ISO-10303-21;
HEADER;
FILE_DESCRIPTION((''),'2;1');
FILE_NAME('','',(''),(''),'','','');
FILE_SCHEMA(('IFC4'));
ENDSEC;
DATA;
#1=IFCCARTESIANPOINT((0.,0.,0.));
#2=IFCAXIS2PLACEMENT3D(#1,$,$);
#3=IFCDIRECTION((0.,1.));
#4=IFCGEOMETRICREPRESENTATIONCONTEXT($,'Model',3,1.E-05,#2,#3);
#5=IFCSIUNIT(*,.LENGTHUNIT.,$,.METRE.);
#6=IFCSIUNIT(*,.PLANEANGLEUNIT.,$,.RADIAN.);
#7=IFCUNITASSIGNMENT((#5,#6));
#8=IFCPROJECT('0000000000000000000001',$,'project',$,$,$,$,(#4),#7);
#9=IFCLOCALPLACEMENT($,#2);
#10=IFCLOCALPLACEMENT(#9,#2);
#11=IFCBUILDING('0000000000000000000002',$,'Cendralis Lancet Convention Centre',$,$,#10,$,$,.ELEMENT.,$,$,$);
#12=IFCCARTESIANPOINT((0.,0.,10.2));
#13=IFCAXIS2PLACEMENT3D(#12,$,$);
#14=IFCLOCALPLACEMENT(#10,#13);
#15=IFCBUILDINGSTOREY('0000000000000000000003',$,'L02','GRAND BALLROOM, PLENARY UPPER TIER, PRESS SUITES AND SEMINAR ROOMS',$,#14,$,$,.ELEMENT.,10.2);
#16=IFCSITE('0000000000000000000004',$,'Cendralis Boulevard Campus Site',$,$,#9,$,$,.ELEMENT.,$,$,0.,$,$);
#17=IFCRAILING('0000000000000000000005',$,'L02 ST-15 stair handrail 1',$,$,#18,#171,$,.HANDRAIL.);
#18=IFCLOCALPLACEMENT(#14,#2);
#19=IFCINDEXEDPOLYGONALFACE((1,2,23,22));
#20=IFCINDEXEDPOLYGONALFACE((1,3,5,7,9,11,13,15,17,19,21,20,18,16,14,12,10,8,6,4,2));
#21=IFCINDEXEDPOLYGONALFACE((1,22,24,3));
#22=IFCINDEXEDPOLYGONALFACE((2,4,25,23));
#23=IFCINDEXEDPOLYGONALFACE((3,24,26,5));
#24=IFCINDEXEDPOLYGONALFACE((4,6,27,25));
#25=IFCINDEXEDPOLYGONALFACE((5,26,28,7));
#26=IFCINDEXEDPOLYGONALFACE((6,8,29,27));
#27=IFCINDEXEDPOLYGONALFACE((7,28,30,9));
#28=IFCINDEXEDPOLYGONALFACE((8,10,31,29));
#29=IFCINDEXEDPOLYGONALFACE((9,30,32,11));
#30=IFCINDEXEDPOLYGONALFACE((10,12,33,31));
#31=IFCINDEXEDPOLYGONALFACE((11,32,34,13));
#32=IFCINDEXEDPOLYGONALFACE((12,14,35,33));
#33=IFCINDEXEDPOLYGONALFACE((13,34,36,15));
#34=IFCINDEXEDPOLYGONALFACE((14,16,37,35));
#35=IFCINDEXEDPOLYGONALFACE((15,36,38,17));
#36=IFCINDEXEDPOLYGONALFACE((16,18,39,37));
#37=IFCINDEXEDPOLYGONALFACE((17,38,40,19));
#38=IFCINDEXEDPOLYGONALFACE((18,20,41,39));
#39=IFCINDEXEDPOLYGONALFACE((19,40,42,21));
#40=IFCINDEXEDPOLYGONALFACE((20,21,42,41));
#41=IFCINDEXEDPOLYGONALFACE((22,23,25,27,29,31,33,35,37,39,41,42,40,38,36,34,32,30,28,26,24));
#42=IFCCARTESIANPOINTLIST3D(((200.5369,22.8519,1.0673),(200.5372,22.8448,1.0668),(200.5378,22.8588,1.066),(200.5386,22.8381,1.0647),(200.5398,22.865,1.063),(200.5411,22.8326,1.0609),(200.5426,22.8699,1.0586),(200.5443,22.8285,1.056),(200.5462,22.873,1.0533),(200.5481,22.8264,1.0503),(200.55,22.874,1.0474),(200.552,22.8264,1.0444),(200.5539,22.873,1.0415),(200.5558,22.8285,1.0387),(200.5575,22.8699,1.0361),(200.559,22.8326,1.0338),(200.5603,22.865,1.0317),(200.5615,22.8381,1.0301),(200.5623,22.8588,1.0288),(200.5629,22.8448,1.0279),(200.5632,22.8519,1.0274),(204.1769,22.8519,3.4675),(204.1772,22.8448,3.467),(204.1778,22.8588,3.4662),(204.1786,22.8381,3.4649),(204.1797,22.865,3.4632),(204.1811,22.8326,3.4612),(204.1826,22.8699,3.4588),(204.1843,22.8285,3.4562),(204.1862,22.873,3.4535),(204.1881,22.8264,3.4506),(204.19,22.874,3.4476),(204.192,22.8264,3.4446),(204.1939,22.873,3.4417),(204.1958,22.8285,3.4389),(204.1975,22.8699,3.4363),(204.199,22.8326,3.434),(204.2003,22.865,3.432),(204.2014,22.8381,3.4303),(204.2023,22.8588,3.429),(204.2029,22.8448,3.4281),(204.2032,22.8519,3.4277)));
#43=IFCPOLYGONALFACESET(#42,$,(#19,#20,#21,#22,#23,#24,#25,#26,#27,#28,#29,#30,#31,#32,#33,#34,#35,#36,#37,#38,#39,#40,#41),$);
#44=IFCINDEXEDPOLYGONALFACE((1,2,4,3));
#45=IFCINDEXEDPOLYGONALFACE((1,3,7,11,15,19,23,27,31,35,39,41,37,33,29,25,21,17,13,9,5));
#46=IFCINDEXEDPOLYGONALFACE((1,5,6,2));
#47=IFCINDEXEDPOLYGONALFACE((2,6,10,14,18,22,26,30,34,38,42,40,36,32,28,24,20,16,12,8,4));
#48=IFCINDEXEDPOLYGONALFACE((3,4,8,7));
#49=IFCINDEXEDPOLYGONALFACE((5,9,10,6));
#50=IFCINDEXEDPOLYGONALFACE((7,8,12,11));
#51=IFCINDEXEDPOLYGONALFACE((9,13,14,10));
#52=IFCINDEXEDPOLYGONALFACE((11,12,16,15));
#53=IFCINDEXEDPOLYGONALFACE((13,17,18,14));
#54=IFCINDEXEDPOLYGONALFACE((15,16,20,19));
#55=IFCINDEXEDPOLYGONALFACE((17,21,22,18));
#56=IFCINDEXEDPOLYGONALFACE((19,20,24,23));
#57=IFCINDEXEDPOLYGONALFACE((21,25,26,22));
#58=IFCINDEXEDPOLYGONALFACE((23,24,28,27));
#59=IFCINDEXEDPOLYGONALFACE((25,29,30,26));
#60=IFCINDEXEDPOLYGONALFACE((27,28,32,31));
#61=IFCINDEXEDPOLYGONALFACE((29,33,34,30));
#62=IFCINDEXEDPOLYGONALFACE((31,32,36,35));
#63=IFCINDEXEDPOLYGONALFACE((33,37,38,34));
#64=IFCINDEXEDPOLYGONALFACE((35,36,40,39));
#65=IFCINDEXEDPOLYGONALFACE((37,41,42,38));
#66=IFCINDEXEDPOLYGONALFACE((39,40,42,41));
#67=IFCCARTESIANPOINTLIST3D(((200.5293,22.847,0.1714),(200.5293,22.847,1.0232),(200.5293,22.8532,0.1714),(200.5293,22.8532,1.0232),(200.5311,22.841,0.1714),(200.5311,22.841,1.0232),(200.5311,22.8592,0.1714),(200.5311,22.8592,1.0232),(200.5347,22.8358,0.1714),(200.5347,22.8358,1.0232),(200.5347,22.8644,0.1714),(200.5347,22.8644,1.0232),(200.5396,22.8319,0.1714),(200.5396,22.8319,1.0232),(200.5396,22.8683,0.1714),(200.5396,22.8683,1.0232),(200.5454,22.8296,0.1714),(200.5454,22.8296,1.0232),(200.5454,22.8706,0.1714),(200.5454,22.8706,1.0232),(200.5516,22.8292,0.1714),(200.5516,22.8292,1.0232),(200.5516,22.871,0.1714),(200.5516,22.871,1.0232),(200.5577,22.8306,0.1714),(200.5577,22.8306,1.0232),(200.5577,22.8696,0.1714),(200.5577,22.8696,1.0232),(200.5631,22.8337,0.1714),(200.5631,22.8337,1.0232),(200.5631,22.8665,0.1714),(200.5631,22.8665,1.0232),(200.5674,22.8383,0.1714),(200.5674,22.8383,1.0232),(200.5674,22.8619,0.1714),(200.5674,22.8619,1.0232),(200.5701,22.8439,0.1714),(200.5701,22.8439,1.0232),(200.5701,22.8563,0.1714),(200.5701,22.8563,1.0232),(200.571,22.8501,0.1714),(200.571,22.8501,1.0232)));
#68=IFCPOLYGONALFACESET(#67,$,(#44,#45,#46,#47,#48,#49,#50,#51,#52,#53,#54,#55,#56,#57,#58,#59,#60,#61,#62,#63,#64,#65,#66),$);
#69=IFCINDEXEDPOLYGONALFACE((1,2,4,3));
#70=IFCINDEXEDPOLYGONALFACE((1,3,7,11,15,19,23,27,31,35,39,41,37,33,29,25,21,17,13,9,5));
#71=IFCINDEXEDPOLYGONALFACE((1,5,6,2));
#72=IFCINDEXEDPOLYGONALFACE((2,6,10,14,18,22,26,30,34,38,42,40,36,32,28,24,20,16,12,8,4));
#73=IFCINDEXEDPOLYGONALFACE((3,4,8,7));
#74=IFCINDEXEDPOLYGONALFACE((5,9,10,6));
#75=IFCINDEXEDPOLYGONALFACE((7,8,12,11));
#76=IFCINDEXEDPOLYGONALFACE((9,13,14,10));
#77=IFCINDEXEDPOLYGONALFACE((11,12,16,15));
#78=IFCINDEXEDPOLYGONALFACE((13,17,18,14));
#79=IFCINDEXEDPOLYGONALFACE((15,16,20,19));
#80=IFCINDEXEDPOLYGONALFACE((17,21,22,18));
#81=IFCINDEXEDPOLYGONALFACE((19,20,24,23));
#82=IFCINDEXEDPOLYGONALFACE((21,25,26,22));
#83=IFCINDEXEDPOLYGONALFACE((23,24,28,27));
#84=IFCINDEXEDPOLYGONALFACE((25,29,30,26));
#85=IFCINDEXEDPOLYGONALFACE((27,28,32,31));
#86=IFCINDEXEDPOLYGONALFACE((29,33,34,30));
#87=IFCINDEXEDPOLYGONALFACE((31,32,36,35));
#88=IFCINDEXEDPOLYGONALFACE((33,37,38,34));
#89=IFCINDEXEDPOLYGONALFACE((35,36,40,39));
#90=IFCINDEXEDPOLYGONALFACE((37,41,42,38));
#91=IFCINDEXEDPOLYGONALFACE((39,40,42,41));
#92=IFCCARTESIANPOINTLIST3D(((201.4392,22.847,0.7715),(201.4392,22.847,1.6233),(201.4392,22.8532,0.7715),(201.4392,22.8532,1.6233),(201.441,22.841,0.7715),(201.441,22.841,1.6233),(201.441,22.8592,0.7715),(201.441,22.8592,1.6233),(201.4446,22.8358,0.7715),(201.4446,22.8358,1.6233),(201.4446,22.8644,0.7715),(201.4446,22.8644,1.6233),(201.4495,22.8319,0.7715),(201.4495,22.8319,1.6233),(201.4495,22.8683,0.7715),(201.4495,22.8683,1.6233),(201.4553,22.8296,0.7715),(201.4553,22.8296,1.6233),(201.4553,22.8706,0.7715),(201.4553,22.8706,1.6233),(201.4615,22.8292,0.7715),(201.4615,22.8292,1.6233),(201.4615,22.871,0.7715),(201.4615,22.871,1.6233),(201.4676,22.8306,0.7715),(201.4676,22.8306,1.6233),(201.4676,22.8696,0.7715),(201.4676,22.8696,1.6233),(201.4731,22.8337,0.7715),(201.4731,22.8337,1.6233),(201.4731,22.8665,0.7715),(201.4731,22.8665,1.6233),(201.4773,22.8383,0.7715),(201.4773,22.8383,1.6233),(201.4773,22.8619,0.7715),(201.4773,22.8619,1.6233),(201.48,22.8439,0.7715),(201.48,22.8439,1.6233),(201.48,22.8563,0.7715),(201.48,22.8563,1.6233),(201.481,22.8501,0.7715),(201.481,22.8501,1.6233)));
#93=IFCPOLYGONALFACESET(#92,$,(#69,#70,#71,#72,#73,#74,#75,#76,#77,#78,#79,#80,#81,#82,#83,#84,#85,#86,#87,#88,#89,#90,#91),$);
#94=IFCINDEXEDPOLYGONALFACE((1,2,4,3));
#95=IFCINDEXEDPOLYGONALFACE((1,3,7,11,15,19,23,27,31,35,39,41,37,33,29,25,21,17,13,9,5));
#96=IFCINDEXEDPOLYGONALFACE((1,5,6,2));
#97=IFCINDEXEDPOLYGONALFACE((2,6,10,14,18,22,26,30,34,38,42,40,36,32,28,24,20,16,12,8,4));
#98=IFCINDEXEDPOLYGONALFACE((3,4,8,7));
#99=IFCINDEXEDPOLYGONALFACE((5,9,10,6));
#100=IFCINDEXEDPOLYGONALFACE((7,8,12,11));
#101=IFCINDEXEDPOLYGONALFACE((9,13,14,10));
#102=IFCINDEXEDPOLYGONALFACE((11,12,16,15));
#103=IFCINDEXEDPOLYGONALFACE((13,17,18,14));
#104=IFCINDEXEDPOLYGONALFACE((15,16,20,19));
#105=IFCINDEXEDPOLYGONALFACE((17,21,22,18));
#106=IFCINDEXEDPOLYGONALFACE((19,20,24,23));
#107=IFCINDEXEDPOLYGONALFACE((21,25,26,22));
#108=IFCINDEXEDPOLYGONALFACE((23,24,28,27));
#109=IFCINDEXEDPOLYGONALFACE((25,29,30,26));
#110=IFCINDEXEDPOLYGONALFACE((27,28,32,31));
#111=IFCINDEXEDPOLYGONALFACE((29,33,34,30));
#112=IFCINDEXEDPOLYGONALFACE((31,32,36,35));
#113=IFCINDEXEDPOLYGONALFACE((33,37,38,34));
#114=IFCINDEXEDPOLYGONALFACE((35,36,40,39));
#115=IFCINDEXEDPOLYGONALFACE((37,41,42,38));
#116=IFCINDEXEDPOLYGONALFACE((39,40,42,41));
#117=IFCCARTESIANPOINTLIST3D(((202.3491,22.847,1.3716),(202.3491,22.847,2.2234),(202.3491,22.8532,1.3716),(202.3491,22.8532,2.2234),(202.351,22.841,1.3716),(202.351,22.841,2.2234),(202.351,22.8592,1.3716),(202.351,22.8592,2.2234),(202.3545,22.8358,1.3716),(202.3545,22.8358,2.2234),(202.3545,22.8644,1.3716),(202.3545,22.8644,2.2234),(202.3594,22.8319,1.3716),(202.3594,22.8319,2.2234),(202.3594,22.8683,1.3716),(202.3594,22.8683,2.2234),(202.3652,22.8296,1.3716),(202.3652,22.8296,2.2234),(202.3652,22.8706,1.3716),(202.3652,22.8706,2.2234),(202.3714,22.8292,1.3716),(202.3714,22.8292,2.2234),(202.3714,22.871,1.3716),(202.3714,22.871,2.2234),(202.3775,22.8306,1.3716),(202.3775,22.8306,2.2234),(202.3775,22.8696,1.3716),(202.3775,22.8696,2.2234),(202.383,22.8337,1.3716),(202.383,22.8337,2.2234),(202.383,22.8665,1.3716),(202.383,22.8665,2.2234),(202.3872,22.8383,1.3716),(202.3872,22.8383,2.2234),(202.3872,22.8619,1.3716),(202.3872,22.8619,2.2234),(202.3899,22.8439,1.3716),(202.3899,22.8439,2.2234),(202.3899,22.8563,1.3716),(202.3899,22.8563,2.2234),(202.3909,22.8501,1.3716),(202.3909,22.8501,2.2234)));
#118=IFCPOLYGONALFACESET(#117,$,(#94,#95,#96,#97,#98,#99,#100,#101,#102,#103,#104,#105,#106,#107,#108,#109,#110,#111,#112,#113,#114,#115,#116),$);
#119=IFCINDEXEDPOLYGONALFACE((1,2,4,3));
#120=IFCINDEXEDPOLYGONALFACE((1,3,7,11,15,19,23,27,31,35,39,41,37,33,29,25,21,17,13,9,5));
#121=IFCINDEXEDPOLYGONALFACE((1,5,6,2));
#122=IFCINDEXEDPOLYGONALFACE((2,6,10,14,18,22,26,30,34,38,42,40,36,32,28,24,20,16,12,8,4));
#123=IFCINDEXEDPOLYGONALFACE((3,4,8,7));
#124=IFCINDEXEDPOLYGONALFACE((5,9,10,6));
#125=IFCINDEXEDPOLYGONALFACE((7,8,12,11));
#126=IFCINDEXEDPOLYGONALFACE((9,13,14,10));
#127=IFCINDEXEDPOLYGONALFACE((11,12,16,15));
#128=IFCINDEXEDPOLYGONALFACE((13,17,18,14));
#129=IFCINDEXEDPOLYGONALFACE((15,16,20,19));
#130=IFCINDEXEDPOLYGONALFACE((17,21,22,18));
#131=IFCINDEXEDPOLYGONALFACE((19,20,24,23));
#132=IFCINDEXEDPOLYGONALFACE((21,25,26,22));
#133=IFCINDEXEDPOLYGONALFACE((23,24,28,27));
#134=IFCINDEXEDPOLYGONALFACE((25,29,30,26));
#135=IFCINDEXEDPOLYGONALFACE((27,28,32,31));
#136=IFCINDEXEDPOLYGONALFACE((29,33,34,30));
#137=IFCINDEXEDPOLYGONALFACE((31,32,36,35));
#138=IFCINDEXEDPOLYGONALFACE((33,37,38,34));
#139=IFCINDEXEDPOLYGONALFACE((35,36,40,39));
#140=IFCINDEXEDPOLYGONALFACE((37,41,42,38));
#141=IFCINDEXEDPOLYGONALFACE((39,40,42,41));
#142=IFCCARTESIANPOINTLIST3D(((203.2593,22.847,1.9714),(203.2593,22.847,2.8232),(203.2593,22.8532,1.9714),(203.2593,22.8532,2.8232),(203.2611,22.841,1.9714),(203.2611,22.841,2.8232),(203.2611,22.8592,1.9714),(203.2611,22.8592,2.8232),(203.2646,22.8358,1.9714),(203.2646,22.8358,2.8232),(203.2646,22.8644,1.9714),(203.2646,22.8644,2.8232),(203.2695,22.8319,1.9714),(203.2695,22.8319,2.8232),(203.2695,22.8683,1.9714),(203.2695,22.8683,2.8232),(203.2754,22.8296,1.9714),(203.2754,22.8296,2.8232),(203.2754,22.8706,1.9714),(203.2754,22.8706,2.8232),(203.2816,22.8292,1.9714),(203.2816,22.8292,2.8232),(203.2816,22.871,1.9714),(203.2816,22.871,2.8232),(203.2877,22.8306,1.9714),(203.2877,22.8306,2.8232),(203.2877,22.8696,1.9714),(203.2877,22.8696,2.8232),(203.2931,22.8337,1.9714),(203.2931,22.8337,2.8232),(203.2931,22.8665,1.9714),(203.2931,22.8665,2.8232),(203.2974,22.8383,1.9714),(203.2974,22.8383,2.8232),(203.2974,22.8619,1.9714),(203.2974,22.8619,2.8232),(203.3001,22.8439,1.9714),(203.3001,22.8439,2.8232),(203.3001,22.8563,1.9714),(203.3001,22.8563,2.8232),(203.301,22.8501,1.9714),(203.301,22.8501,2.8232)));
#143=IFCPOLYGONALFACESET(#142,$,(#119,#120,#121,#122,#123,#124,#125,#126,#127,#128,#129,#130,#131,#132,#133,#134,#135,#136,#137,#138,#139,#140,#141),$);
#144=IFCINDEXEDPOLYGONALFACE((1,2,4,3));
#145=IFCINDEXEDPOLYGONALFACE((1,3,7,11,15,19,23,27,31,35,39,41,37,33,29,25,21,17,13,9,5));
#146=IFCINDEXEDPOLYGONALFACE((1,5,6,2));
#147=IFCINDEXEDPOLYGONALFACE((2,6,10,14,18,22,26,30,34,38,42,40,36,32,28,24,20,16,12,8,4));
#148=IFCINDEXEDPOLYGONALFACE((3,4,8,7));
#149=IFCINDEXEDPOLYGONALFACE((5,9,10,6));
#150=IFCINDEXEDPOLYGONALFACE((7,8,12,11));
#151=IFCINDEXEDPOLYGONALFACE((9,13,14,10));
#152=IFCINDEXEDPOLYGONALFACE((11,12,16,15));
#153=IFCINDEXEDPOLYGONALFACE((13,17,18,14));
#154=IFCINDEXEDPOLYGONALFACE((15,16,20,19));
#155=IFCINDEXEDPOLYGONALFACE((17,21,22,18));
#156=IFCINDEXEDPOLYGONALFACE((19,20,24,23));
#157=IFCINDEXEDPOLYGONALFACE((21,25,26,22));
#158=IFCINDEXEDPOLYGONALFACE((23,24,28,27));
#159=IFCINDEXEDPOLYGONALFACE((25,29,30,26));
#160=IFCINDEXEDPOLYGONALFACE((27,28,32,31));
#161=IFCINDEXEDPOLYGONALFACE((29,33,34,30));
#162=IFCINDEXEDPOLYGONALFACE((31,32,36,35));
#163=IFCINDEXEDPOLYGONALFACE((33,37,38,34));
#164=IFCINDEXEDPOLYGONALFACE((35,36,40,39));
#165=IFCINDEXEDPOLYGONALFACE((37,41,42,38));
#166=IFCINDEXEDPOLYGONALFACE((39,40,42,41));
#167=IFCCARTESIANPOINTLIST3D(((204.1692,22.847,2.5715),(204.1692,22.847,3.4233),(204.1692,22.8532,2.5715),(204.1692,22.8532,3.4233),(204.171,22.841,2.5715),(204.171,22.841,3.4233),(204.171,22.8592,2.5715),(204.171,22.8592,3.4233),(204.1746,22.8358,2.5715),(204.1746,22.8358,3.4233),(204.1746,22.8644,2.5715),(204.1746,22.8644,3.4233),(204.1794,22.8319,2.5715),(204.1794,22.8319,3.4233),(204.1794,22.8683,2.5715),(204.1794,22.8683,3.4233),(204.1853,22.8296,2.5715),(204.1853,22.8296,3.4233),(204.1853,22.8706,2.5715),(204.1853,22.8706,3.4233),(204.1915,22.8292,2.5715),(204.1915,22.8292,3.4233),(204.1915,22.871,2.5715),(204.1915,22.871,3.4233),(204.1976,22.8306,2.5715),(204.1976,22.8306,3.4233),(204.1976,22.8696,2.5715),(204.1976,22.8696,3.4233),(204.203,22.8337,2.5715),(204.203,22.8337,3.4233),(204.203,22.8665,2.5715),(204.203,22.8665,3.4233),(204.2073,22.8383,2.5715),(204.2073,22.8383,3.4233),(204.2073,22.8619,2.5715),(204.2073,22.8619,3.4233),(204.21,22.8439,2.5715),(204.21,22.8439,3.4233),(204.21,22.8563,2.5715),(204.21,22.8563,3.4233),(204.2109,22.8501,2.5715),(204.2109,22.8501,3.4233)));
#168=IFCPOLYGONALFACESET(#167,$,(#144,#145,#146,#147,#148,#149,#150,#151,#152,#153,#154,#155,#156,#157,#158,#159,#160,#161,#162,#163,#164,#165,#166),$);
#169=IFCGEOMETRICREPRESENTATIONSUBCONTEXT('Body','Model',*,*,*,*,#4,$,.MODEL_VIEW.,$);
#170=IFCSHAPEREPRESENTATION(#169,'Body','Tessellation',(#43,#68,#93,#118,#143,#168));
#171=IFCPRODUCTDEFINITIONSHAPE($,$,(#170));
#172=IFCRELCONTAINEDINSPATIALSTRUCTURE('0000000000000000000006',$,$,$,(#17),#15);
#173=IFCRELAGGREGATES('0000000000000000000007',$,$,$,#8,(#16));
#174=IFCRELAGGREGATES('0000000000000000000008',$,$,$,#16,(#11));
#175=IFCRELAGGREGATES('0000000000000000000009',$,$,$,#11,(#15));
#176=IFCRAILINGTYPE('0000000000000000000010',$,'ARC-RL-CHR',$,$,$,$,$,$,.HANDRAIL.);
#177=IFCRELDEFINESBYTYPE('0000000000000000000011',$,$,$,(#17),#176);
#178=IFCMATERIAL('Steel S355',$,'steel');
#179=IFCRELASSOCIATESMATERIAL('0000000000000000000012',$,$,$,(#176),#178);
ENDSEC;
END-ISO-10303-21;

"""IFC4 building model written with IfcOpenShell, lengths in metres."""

from ifc_helpers import new_model, si_unit, direction, frame, origin, origin_2d, place, context, subcontext, project, spatial, circle, extrude, material, type_object, element, save


model = new_model("IFC4")

# Units and contexts
model_context = context("Model", 3, precision=1e-05, world=origin(), true_north=direction((0.0, 1.0)))
body_context = subcontext(model_context, "Body", "Model", "MODEL_VIEW")
ifc_project = project(units=[si_unit("LENGTHUNIT", "METRE"), si_unit("PLANEANGLEUNIT", "RADIAN")], contexts=[model_context])

# Site, building, storey
site_placement = place(None, origin())
site = spatial("IfcSite", under=ifc_project, at=site_placement, Name="Cendralis Boulevard Campus Site", CompositionType="ELEMENT", RefElevation=0.0)
building_placement = place(site_placement, origin())
building = spatial("IfcBuilding", under=site, at=building_placement, Name="Cendralis Lancet Convention Centre", CompositionType="ELEMENT")
storey_placement = place(building_placement, frame((0.0, 0.0, 10.2)))
storey = spatial("IfcBuildingStorey", under=building, at=storey_placement, Name="L02", Description="GRAND BALLROOM, PLENARY UPPER TIER, PRESS SUITES AND SEMINAR ROOMS", CompositionType="ELEMENT", Elevation=10.2)

# Shared definitions
ifc_material_1 = material(Name="Steel S355", Category="steel")

# Railing
railing_type = type_object("IfcRailingType", Name="ARC-RL-CHR", PredefinedType="HANDRAIL", material=ifc_material_1)
railing_placement = place(storey_placement, frame((200.55, 22.8501, 0.1714)))
element("IfcRailing", 1, at=railing_placement, inside=storey, type_object=railing_type, Name="L02 ST-15 stair handrail 1", PredefinedType="HANDRAIL", context=body_context, shape_type="SweptSolid", body=[
    extrude(circle(Radius=0.0239, at=origin_2d()), frame((0.0, 0.0, 0.876), z_axis=(0.834839, 0.0, 0.550493), x_axis=(0.0, 1.0, 0.0)), (0.0, 0.0, 1.0), 4.3601),
    extrude(circle(Radius=0.021, at=origin_2d()), origin(), (0.0, 0.0, 1.0), 0.8518),
    extrude(circle(Radius=0.021, at=origin_2d()), frame((0.9099, 0.0, 0.6001)), (0.0, 0.0, 1.0), 0.8518),
    extrude(circle(Radius=0.021, at=origin_2d()), frame((1.8198, 0.0, 1.2002)), (0.0, 0.0, 1.0), 0.8518),
    extrude(circle(Radius=0.021, at=origin_2d()), frame((2.73, 0.0, 1.8)), (0.0, 0.0, 1.0), 0.8518),
    extrude(circle(Radius=0.021, at=origin_2d()), frame((3.6399, 0.0, 2.4001)), (0.0, 0.0, 1.0), 0.8518),
])

save(model, "model.ifc")
